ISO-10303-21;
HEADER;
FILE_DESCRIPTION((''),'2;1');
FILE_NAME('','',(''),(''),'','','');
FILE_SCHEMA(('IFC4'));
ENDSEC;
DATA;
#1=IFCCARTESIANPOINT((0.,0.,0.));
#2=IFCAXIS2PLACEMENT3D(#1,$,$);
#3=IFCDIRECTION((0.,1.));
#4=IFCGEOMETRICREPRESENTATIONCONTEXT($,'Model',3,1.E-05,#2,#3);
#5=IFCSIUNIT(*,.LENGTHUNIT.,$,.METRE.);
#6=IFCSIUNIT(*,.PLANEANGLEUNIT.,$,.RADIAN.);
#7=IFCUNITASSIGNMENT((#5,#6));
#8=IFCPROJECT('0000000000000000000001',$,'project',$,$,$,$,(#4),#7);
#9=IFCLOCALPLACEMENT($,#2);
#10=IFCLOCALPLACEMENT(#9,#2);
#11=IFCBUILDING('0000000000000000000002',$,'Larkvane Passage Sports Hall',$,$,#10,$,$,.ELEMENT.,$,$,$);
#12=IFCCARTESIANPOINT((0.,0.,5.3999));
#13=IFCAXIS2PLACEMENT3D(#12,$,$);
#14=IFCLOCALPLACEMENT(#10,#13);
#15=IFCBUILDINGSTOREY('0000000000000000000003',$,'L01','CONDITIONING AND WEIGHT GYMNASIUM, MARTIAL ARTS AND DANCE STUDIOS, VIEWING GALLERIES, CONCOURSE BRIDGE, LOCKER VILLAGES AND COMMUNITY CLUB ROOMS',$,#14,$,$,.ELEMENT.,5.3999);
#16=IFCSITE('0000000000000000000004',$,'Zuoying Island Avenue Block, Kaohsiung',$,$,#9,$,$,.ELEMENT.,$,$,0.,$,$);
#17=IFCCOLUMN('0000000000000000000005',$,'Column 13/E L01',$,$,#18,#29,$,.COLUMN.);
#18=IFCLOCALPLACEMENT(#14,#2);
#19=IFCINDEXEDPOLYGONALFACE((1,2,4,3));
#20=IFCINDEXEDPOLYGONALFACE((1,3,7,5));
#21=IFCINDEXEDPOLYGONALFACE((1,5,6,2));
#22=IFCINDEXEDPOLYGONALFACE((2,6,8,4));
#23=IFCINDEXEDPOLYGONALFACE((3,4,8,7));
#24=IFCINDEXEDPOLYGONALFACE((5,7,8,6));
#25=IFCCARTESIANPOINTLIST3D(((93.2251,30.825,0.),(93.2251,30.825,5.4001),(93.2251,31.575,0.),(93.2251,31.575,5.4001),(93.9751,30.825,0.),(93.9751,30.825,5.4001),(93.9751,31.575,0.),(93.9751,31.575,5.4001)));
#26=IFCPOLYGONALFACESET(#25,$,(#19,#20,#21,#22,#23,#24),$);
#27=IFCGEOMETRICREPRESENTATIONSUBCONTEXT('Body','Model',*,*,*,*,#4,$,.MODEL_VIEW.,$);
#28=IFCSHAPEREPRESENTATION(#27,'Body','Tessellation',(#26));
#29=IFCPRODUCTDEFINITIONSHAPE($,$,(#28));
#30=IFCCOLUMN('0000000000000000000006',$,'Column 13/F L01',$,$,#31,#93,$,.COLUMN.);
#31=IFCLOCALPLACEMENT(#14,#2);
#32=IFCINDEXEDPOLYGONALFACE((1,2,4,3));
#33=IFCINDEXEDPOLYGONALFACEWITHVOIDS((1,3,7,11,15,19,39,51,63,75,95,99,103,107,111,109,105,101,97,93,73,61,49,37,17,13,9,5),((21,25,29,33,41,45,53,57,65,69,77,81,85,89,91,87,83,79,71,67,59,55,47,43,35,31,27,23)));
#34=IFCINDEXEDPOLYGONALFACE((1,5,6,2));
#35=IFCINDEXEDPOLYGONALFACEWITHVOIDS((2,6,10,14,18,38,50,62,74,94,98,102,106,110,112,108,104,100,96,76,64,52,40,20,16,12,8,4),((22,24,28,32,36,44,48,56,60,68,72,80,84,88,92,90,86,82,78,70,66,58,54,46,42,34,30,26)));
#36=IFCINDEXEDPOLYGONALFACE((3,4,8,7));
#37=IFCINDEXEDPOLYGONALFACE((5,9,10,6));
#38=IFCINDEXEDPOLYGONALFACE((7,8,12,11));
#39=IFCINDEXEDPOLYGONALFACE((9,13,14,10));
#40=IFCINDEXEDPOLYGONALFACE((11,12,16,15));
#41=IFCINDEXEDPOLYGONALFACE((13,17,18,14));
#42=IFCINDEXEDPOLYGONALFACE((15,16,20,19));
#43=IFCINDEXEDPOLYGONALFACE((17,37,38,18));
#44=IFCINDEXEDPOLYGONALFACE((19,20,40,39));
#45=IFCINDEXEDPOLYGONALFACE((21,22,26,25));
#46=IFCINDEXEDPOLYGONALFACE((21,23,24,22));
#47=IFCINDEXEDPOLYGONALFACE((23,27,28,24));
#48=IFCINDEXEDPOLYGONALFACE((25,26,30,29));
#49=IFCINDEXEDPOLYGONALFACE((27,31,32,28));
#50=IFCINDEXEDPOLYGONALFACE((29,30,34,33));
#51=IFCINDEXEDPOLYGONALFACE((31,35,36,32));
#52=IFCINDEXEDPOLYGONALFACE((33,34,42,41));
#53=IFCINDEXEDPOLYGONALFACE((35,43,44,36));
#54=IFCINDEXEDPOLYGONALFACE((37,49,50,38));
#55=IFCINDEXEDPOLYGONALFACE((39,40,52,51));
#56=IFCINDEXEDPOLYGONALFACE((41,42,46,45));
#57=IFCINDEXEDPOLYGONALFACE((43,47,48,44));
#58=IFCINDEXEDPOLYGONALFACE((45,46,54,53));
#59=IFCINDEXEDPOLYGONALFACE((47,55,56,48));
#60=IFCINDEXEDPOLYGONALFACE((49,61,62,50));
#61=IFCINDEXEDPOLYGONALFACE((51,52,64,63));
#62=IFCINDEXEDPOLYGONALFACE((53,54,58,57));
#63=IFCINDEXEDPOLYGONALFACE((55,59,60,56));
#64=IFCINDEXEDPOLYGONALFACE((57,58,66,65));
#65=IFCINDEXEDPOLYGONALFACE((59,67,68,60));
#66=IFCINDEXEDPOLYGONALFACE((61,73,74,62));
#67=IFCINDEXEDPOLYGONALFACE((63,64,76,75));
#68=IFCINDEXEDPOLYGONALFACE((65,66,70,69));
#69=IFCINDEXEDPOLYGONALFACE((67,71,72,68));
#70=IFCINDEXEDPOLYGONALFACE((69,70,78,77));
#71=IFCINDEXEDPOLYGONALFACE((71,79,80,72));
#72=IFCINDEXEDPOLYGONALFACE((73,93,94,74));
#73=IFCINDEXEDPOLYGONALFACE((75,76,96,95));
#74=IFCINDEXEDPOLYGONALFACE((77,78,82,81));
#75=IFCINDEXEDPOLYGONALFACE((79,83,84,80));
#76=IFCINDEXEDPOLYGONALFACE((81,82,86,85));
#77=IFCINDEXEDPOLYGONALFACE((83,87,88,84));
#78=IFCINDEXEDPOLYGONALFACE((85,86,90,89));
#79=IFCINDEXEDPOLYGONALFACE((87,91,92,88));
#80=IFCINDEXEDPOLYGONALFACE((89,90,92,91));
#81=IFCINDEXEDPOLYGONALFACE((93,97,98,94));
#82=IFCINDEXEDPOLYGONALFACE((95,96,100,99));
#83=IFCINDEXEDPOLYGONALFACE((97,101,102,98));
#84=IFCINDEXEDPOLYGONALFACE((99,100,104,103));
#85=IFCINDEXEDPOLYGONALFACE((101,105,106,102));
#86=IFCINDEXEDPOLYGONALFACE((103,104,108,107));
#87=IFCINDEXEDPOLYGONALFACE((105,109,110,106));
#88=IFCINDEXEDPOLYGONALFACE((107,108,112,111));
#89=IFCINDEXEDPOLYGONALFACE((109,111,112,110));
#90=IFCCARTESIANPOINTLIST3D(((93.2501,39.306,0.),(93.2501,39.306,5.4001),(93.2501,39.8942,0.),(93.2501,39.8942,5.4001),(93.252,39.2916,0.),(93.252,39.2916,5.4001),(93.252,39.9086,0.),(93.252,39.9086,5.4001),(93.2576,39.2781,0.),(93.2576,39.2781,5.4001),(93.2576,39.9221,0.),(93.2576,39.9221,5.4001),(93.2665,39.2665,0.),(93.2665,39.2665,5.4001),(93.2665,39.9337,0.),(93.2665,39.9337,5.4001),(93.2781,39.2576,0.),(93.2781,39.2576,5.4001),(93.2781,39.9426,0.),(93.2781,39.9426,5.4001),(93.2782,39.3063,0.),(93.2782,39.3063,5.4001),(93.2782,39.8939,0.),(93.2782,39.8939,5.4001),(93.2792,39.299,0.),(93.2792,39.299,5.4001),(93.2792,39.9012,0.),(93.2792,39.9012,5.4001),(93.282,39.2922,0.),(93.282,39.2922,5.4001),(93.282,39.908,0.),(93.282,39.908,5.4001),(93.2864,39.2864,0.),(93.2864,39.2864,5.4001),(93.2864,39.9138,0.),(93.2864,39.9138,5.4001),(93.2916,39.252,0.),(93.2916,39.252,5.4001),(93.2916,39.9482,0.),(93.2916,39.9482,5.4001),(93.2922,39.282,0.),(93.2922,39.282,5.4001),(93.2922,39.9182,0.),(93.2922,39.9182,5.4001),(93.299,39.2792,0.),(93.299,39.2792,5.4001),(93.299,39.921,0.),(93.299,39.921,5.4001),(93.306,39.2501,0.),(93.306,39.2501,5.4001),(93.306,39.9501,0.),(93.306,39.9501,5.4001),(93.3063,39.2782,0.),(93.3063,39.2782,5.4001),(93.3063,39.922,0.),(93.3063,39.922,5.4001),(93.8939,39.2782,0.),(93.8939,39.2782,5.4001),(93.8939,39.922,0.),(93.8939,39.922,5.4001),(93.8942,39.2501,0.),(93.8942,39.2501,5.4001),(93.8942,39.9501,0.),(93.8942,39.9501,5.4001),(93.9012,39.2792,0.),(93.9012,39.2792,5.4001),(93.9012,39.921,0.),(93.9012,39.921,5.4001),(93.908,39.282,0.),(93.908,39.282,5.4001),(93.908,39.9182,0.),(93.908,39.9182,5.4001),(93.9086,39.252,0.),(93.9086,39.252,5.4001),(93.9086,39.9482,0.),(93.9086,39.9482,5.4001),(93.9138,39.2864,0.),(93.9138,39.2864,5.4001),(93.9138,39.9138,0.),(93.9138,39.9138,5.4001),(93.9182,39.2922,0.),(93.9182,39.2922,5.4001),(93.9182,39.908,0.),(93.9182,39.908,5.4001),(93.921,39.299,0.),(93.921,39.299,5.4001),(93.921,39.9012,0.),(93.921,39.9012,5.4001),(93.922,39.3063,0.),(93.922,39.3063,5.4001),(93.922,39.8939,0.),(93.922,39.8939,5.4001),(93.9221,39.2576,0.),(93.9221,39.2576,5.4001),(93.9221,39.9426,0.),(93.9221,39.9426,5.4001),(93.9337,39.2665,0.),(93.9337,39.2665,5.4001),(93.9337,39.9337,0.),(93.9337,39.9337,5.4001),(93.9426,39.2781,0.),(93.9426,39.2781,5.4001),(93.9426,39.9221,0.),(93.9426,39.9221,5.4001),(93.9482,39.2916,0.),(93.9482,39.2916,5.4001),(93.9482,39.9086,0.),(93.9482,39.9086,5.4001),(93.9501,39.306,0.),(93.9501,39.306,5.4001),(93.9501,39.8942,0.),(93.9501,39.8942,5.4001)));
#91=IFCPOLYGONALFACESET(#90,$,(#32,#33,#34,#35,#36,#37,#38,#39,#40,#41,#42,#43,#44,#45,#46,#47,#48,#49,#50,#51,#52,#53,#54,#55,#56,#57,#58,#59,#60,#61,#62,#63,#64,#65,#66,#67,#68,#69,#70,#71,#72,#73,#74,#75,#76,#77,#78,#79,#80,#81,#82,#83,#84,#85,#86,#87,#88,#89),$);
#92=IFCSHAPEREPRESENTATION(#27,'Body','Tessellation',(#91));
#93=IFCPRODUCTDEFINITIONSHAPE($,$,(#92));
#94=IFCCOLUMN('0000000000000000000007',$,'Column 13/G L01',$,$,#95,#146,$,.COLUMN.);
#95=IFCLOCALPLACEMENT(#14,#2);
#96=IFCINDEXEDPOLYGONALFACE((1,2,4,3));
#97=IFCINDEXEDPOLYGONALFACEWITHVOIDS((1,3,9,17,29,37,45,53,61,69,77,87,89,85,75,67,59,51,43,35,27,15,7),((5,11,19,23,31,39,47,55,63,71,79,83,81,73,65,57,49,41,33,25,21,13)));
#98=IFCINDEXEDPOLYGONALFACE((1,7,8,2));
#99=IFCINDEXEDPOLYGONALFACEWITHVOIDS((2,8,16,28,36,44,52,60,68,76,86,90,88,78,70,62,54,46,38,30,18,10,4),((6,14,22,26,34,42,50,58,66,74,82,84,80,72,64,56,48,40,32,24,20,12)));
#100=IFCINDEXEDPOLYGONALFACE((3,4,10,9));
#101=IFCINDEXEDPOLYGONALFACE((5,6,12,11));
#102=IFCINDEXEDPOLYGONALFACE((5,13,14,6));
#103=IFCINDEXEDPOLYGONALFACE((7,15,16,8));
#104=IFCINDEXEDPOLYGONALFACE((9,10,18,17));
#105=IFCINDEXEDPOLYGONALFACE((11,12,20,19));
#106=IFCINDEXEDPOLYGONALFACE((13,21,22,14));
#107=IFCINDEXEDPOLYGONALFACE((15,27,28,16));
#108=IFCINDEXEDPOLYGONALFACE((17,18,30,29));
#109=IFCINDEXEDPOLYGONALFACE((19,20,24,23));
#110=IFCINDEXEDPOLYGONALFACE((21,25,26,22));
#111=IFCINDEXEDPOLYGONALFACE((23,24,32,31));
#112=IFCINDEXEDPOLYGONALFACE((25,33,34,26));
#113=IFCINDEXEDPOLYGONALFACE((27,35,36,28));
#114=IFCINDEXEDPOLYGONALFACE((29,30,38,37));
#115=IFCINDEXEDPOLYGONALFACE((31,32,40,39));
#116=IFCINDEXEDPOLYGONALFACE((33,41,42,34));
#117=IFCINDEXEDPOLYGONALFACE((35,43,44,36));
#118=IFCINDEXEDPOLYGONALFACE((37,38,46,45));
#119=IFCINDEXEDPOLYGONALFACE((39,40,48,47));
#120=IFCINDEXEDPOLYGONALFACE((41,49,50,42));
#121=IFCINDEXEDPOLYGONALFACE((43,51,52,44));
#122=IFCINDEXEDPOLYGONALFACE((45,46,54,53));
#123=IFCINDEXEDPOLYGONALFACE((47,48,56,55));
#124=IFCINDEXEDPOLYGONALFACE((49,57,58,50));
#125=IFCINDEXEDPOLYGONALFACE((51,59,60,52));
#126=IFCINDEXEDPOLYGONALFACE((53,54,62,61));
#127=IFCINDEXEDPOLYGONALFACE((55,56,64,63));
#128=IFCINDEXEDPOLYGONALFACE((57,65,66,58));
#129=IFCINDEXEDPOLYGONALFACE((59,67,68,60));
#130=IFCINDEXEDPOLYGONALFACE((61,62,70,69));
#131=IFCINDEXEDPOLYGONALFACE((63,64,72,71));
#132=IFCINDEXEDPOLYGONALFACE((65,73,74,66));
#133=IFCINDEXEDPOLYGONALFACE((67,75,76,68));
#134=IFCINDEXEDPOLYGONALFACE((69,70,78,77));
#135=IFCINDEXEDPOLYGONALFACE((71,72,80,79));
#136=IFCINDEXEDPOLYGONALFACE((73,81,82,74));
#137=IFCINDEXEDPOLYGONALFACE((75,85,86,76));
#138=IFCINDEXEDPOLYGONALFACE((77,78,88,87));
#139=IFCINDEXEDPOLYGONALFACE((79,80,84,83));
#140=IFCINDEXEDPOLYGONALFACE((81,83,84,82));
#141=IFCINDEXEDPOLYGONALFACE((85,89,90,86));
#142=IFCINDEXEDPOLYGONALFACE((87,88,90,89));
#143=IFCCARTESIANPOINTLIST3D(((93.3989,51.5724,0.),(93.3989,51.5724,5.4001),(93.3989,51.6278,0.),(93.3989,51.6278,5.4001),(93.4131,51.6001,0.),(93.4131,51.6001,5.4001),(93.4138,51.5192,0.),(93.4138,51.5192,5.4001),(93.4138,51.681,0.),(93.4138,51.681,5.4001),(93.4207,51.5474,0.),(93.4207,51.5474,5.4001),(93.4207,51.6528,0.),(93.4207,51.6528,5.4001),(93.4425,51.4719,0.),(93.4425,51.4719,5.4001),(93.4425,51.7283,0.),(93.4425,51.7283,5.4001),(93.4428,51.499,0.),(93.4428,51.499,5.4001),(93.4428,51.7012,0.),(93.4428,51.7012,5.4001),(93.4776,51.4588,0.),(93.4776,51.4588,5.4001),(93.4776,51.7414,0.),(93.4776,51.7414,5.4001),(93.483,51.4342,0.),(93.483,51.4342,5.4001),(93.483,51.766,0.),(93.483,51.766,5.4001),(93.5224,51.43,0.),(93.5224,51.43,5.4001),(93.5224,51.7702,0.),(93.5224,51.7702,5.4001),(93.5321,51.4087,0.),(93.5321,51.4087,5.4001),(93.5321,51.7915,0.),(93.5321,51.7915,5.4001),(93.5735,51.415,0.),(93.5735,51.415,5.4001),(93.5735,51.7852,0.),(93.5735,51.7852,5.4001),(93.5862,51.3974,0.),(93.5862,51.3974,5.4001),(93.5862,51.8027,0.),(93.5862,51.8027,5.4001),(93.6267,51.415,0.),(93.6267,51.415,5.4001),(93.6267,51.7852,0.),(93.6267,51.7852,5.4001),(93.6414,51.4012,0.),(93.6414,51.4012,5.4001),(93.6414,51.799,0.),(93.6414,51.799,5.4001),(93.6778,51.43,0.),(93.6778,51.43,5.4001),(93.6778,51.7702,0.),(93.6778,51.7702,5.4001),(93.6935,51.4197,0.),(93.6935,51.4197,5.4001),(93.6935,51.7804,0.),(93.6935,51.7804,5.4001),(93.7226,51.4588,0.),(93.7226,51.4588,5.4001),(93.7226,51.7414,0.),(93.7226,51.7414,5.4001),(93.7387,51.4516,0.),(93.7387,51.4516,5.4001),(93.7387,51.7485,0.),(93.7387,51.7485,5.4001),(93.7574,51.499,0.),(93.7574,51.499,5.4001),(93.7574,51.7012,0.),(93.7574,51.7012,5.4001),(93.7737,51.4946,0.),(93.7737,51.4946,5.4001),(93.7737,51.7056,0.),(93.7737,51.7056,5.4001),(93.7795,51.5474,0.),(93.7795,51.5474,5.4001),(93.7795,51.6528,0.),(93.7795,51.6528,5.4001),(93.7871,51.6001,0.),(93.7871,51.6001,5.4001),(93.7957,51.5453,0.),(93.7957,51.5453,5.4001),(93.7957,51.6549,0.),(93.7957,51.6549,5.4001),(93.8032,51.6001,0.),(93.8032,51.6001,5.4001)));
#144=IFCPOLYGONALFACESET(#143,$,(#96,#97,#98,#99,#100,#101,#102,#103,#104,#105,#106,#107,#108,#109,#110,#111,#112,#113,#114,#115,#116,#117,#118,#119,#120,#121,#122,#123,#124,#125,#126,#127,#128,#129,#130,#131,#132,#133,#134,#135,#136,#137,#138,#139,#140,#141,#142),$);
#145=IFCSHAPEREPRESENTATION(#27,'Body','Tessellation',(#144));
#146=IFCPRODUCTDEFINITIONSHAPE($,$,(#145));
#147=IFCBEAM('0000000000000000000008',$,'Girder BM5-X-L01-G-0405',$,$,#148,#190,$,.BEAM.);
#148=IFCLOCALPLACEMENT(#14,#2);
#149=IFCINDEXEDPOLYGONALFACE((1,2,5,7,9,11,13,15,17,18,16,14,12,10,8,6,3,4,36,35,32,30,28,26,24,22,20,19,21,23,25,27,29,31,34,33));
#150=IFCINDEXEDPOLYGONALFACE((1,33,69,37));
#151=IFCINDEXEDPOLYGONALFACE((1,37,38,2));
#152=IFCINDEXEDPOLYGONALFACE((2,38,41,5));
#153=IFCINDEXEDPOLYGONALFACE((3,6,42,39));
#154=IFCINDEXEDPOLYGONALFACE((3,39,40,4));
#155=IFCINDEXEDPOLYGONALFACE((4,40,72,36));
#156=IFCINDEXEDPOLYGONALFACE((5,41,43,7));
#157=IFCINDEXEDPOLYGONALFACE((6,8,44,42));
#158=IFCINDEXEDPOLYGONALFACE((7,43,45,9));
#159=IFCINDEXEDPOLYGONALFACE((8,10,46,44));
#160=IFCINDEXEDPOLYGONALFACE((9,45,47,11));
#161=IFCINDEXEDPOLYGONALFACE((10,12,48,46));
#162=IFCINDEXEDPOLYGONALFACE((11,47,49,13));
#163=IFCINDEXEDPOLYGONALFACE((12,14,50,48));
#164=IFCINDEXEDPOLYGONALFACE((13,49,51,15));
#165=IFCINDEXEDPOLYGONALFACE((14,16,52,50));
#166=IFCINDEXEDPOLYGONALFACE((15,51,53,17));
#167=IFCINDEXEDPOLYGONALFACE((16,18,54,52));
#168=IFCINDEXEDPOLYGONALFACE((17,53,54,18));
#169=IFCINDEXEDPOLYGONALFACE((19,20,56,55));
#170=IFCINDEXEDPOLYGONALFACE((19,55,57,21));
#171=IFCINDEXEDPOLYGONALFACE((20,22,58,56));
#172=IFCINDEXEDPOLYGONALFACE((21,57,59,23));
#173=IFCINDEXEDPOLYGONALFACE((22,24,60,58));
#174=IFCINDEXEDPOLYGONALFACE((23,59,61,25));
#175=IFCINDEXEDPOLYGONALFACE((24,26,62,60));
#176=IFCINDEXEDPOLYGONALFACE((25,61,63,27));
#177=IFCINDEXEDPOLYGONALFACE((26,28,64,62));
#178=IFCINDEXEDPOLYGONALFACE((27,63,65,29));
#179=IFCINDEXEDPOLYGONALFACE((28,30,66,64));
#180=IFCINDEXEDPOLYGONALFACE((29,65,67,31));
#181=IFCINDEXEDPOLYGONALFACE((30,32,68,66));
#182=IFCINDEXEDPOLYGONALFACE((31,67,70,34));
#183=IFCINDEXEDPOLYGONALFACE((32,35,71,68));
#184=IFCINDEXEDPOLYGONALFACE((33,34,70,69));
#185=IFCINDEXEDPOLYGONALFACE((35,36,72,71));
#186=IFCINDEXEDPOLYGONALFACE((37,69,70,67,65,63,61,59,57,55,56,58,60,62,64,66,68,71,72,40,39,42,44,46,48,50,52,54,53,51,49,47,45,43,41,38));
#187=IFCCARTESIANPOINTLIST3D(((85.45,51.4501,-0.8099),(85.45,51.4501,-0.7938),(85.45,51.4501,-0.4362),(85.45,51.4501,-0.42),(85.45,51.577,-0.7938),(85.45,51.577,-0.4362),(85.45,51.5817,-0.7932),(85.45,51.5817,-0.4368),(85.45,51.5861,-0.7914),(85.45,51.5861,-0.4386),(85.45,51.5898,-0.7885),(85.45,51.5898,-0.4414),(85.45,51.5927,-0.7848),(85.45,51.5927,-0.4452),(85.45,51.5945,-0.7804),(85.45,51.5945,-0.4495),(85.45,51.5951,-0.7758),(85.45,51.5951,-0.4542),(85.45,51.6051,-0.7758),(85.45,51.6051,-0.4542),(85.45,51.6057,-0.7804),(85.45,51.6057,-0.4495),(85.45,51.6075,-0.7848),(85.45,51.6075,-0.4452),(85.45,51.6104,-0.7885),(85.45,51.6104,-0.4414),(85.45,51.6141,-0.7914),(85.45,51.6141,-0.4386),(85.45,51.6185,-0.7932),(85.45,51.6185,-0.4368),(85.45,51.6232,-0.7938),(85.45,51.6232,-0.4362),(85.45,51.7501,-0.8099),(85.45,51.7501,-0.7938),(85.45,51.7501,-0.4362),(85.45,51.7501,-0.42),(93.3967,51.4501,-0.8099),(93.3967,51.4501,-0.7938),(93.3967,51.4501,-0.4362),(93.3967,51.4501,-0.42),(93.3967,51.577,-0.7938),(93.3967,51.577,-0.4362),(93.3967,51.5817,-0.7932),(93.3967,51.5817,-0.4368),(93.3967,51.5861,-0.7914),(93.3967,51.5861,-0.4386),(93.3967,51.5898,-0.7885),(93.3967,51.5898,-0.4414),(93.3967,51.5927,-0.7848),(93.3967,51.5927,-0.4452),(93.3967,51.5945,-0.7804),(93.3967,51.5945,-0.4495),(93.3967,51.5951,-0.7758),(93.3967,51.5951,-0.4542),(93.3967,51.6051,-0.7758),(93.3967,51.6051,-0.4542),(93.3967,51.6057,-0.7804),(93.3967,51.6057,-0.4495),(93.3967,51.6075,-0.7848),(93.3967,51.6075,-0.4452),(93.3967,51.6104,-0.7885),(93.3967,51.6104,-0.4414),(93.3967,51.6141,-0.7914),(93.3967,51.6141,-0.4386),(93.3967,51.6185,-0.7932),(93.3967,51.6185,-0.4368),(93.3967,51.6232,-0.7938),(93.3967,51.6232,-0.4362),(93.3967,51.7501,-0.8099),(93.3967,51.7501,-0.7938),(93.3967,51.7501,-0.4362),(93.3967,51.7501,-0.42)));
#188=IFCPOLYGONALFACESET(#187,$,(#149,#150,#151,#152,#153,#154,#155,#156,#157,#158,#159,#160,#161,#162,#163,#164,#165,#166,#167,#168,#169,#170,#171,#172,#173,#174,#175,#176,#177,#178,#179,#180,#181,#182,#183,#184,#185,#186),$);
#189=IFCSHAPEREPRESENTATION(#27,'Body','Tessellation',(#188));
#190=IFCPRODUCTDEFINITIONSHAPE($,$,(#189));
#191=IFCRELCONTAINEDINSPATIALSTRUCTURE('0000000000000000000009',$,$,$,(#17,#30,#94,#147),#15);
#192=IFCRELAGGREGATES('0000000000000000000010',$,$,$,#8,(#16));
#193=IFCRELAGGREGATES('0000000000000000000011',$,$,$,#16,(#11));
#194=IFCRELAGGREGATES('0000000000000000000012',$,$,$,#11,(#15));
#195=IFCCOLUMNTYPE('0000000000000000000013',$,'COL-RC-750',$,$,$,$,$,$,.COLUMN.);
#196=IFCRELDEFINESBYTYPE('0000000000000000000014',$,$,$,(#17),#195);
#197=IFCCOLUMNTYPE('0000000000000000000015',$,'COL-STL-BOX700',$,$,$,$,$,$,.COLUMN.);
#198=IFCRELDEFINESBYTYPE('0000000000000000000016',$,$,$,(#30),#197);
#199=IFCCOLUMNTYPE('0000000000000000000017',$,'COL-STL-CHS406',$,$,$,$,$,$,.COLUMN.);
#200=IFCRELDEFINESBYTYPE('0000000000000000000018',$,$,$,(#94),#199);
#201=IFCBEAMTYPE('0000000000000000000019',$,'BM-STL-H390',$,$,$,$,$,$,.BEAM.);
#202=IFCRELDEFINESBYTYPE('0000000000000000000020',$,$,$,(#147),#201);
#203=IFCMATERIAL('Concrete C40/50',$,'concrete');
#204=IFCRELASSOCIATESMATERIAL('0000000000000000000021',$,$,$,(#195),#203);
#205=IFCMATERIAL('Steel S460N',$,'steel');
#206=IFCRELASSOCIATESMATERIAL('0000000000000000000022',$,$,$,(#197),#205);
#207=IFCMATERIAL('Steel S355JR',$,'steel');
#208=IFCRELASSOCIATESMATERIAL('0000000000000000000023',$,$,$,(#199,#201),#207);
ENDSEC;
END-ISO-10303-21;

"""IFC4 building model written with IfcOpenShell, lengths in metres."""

from ifc_helpers import new_model, si_unit, direction, frame, origin, origin_2d, place, context, subcontext, project, spatial, rectangle, hollow_rectangle, hollow_circle, i_section, extrude, material, material_profile, profile_set, type_object, element, save


model = new_model("IFC4")

# Units and contexts
model_context = context("Model", 3, precision=1e-05, world=origin(), true_north=direction((0.0, 1.0)))
body_context = subcontext(model_context, "Body", "Model", "MODEL_VIEW")
ifc_project = project(units=[si_unit("LENGTHUNIT", "METRE"), si_unit("PLANEANGLEUNIT", "RADIAN")], contexts=[model_context])

# Site, building, storey
site_placement = place(None, origin())
site = spatial("IfcSite", under=ifc_project, at=site_placement, Name="Zuoying Island Avenue Block, Kaohsiung", CompositionType="ELEMENT", RefElevation=0.0)
building_placement = place(site_placement, origin())
building = spatial("IfcBuilding", under=site, at=building_placement, Name="Larkvane Passage Sports Hall", CompositionType="ELEMENT")
storey_placement = place(building_placement, frame((0.0, 0.0, 5.3999)))
storey = spatial("IfcBuildingStorey", under=building, at=storey_placement, Name="L01", Description="CONDITIONING AND WEIGHT GYMNASIUM, MARTIAL ARTS AND DANCE STUDIOS, VIEWING GALLERIES, CONCOURSE BRIDGE, LOCKER VILLAGES AND COMMUNITY CLUB ROOMS", CompositionType="ELEMENT", Elevation=5.3999)

# Columns
ifc_material_1 = material(Name="Concrete C40/50", Category="concrete")
ifc_material_profile_1 = material_profile(ifc_material_1, rectangle(XDim=0.75, YDim=0.75, at=origin_2d()), Name="RC-COL-750x750")
ifc_profile_set_1 = profile_set([ifc_material_profile_1], Name="Concrete C40/50")
column_type_1 = type_object("IfcColumnType", Name="COL-RC-750", PredefinedType="COLUMN", material=ifc_profile_set_1)
column_1_placement = place(storey_placement, frame((93.6001, 31.2, 0.0), z_axis=(0.0, 0.0, 1.0), x_axis=(1.0, 0.0, 0.0)))
element("IfcColumn", 1, at=column_1_placement, inside=storey, type_object=column_type_1, Name="Column 13/E L01", PredefinedType="COLUMN", context=body_context, shape_type="SweptSolid", body=[
    extrude(rectangle(XDim=0.75, YDim=0.75, at=origin_2d()), origin(), (0.0, 0.0, 1.0), 5.4001),
])
ifc_material_2 = material(Name="Steel S460N", Category="steel")
ifc_material_profile_2 = material_profile(ifc_material_2, hollow_rectangle(XDim=0.7, YDim=0.7, WallThickness=0.0281, InnerFilletRadius=0.0281, OuterFilletRadius=0.0559, at=origin_2d()), Name="BOX-700x700x28")
ifc_profile_set_2 = profile_set([ifc_material_profile_2], Name="Steel S460N")
column_type_2 = type_object("IfcColumnType", Name="COL-STL-BOX700", PredefinedType="COLUMN", material=ifc_profile_set_2)
column_2_placement = place(storey_placement, frame((93.6001, 39.6001, 0.0), z_axis=(0.0, 0.0, 1.0), x_axis=(1.0, 0.0, 0.0)))
element("IfcColumn", 2, at=column_2_placement, inside=storey, type_object=column_type_2, Name="Column 13/F L01", PredefinedType="COLUMN", context=body_context, shape_type="SweptSolid", body=[
    extrude(hollow_rectangle(XDim=0.7, YDim=0.7, WallThickness=0.0281, InnerFilletRadius=0.0281, OuterFilletRadius=0.0559, at=origin_2d()), origin(), (0.0, 0.0, 1.0), 5.4001),
])
ifc_material_3 = material(Name="Steel S355JR", Category="steel")
ifc_material_profile_3 = material_profile(ifc_material_3, hollow_circle(Radius=0.2031, WallThickness=0.0161, at=origin_2d()), Name="CHS-406.4x16.0")
ifc_profile_set_3 = profile_set([ifc_material_profile_3], Name="Steel S355JR")
column_type_3 = type_object("IfcColumnType", Name="COL-STL-CHS406", PredefinedType="COLUMN", material=ifc_profile_set_3)
column_3_placement = place(storey_placement, frame((93.6001, 51.6001, 0.0), z_axis=(0.0, 0.0, 1.0), x_axis=(1.0, 0.0, 0.0)))
element("IfcColumn", 3, at=column_3_placement, inside=storey, type_object=column_type_3, Name="Column 13/G L01", PredefinedType="COLUMN", context=body_context, shape_type="SweptSolid", body=[
    extrude(hollow_circle(Radius=0.2031, WallThickness=0.0161, at=origin_2d()), origin(), (0.0, 0.0, 1.0), 5.4001),
])

# Beam
ifc_material_profile_4 = material_profile(ifc_material_3, i_section(OverallWidth=0.3, OverallDepth=0.3899, WebThickness=0.01, FlangeThickness=0.0161, FilletRadius=0.0181, at=origin_2d()), Name="H-390x300x10x16")
ifc_profile_set_4 = profile_set([ifc_material_profile_4], Name="Steel S355JR")
beam_type_1 = type_object("IfcBeamType", Name="BM-STL-H390", PredefinedType="BEAM", material=ifc_profile_set_4)
beam_1_placement = place(storey_placement, frame((85.45, 51.6001, -0.615), z_axis=(1.0, 0.0, 0.0), x_axis=(0.0, 1.0, 0.0)))
element("IfcBeam", 4, at=beam_1_placement, inside=storey, type_object=beam_type_1, Name="Girder BM5-X-L01-G-0405", PredefinedType="BEAM", context=body_context, shape_type="SweptSolid", body=[
    extrude(i_section(OverallWidth=0.3, OverallDepth=0.3899, WebThickness=0.01, FlangeThickness=0.0161, FilletRadius=0.0181, at=origin_2d()), origin(), (0.0, 0.0, 1.0), 7.9468),
])

save(model, "model.ifc")
